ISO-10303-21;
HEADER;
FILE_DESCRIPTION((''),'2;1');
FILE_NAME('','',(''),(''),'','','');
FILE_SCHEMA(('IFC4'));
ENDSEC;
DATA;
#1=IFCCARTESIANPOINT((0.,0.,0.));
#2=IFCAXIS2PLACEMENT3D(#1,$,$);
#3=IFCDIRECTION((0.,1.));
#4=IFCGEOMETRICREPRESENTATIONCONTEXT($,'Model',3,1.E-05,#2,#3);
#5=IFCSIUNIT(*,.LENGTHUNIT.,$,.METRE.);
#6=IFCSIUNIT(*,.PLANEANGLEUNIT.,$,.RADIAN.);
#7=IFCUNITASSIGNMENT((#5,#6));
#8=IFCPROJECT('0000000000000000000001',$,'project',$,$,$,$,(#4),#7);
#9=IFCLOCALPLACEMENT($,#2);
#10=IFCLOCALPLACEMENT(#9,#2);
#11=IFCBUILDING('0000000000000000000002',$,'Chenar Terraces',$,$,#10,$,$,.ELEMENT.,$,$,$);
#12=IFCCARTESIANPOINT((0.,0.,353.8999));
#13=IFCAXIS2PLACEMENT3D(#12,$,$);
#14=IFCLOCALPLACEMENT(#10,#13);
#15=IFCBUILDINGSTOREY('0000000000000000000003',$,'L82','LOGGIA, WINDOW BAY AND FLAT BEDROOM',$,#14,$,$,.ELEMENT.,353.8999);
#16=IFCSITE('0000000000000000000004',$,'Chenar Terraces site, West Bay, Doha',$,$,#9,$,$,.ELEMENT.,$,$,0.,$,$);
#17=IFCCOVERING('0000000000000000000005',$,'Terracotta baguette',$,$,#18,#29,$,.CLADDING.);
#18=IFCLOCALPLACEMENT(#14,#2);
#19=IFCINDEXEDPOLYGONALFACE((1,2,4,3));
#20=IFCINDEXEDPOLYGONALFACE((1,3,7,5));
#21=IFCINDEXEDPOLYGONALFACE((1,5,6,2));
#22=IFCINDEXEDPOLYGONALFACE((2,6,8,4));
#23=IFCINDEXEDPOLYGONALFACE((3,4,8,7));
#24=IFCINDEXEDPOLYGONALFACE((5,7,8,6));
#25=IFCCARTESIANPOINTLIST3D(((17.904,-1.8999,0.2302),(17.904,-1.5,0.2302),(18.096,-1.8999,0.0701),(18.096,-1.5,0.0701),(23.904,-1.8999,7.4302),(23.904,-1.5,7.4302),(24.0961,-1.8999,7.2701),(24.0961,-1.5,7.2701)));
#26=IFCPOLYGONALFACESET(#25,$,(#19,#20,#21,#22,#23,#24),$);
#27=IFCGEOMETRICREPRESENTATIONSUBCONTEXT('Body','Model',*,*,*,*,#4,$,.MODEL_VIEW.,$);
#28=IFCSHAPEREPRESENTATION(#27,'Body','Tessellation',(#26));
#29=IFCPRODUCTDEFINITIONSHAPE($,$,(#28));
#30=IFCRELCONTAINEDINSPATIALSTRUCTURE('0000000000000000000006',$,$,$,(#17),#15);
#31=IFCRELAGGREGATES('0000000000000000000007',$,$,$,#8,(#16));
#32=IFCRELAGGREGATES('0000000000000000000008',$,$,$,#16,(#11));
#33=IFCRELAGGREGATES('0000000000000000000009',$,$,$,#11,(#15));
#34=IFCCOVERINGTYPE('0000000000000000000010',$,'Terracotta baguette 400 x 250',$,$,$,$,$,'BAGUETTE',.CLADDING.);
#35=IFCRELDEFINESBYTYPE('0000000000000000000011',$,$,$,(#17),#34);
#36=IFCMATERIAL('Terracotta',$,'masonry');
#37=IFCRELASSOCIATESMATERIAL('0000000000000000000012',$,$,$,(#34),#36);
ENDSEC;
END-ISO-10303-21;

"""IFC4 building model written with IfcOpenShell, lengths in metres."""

from ifc_helpers import new_model, si_unit, direction, frame, origin, origin_2d, place, context, subcontext, project, spatial, rectangle, extrude, material, material_profile, profile_set, type_object, element, save


model = new_model("IFC4")

# Units and contexts
model_context = context("Model", 3, precision=1e-05, world=origin(), true_north=direction((0.0, 1.0)))
body_context = subcontext(model_context, "Body", "Model", "MODEL_VIEW")
ifc_project = project(units=[si_unit("LENGTHUNIT", "METRE"), si_unit("PLANEANGLEUNIT", "RADIAN")], contexts=[model_context])

# Site, building, storey
site_placement = place(None, origin())
site = spatial("IfcSite", under=ifc_project, at=site_placement, Name="Chenar Terraces site, West Bay, Doha", CompositionType="ELEMENT", RefElevation=0.0)
building_placement = place(site_placement, origin())
building = spatial("IfcBuilding", under=site, at=building_placement, Name="Chenar Terraces", CompositionType="ELEMENT")
storey_placement = place(building_placement, frame((0.0, 0.0, 353.8999)))
storey = spatial("IfcBuildingStorey", under=building, at=storey_placement, Name="L82", Description="LOGGIA, WINDOW BAY AND FLAT BEDROOM", CompositionType="ELEMENT", Elevation=353.8999)

# Covering
ifc_material_1 = material(Name="Terracotta", Category="masonry")
ifc_material_profile_1 = material_profile(ifc_material_1, rectangle(XDim=0.3999, YDim=0.25, at=origin_2d()), Name="Terracotta baguette 400 x 250")
ifc_profile_set_1 = profile_set([ifc_material_profile_1], Name="Terracotta")
covering_type = type_object("IfcCoveringType", Name="Terracotta baguette 400 x 250", ElementType="BAGUETTE", PredefinedType="CLADDING", material=ifc_profile_set_1)
covering_placement = place(storey_placement, frame((18.0, -1.7, 0.1501), z_axis=(0.640187, 0.0, 0.768219), x_axis=(0.0, 1.0, 0.0)))
element("IfcCovering", 1, at=covering_placement, inside=storey, type_object=covering_type, Name="Terracotta baguette", PredefinedType="CLADDING", context=body_context, shape_type="SweptSolid", body=[
    extrude(rectangle(XDim=0.3999, YDim=0.25, at=origin_2d()), origin(), (0.0, 0.0, 1.0), 9.3723),
])

save(model, "model.ifc")
